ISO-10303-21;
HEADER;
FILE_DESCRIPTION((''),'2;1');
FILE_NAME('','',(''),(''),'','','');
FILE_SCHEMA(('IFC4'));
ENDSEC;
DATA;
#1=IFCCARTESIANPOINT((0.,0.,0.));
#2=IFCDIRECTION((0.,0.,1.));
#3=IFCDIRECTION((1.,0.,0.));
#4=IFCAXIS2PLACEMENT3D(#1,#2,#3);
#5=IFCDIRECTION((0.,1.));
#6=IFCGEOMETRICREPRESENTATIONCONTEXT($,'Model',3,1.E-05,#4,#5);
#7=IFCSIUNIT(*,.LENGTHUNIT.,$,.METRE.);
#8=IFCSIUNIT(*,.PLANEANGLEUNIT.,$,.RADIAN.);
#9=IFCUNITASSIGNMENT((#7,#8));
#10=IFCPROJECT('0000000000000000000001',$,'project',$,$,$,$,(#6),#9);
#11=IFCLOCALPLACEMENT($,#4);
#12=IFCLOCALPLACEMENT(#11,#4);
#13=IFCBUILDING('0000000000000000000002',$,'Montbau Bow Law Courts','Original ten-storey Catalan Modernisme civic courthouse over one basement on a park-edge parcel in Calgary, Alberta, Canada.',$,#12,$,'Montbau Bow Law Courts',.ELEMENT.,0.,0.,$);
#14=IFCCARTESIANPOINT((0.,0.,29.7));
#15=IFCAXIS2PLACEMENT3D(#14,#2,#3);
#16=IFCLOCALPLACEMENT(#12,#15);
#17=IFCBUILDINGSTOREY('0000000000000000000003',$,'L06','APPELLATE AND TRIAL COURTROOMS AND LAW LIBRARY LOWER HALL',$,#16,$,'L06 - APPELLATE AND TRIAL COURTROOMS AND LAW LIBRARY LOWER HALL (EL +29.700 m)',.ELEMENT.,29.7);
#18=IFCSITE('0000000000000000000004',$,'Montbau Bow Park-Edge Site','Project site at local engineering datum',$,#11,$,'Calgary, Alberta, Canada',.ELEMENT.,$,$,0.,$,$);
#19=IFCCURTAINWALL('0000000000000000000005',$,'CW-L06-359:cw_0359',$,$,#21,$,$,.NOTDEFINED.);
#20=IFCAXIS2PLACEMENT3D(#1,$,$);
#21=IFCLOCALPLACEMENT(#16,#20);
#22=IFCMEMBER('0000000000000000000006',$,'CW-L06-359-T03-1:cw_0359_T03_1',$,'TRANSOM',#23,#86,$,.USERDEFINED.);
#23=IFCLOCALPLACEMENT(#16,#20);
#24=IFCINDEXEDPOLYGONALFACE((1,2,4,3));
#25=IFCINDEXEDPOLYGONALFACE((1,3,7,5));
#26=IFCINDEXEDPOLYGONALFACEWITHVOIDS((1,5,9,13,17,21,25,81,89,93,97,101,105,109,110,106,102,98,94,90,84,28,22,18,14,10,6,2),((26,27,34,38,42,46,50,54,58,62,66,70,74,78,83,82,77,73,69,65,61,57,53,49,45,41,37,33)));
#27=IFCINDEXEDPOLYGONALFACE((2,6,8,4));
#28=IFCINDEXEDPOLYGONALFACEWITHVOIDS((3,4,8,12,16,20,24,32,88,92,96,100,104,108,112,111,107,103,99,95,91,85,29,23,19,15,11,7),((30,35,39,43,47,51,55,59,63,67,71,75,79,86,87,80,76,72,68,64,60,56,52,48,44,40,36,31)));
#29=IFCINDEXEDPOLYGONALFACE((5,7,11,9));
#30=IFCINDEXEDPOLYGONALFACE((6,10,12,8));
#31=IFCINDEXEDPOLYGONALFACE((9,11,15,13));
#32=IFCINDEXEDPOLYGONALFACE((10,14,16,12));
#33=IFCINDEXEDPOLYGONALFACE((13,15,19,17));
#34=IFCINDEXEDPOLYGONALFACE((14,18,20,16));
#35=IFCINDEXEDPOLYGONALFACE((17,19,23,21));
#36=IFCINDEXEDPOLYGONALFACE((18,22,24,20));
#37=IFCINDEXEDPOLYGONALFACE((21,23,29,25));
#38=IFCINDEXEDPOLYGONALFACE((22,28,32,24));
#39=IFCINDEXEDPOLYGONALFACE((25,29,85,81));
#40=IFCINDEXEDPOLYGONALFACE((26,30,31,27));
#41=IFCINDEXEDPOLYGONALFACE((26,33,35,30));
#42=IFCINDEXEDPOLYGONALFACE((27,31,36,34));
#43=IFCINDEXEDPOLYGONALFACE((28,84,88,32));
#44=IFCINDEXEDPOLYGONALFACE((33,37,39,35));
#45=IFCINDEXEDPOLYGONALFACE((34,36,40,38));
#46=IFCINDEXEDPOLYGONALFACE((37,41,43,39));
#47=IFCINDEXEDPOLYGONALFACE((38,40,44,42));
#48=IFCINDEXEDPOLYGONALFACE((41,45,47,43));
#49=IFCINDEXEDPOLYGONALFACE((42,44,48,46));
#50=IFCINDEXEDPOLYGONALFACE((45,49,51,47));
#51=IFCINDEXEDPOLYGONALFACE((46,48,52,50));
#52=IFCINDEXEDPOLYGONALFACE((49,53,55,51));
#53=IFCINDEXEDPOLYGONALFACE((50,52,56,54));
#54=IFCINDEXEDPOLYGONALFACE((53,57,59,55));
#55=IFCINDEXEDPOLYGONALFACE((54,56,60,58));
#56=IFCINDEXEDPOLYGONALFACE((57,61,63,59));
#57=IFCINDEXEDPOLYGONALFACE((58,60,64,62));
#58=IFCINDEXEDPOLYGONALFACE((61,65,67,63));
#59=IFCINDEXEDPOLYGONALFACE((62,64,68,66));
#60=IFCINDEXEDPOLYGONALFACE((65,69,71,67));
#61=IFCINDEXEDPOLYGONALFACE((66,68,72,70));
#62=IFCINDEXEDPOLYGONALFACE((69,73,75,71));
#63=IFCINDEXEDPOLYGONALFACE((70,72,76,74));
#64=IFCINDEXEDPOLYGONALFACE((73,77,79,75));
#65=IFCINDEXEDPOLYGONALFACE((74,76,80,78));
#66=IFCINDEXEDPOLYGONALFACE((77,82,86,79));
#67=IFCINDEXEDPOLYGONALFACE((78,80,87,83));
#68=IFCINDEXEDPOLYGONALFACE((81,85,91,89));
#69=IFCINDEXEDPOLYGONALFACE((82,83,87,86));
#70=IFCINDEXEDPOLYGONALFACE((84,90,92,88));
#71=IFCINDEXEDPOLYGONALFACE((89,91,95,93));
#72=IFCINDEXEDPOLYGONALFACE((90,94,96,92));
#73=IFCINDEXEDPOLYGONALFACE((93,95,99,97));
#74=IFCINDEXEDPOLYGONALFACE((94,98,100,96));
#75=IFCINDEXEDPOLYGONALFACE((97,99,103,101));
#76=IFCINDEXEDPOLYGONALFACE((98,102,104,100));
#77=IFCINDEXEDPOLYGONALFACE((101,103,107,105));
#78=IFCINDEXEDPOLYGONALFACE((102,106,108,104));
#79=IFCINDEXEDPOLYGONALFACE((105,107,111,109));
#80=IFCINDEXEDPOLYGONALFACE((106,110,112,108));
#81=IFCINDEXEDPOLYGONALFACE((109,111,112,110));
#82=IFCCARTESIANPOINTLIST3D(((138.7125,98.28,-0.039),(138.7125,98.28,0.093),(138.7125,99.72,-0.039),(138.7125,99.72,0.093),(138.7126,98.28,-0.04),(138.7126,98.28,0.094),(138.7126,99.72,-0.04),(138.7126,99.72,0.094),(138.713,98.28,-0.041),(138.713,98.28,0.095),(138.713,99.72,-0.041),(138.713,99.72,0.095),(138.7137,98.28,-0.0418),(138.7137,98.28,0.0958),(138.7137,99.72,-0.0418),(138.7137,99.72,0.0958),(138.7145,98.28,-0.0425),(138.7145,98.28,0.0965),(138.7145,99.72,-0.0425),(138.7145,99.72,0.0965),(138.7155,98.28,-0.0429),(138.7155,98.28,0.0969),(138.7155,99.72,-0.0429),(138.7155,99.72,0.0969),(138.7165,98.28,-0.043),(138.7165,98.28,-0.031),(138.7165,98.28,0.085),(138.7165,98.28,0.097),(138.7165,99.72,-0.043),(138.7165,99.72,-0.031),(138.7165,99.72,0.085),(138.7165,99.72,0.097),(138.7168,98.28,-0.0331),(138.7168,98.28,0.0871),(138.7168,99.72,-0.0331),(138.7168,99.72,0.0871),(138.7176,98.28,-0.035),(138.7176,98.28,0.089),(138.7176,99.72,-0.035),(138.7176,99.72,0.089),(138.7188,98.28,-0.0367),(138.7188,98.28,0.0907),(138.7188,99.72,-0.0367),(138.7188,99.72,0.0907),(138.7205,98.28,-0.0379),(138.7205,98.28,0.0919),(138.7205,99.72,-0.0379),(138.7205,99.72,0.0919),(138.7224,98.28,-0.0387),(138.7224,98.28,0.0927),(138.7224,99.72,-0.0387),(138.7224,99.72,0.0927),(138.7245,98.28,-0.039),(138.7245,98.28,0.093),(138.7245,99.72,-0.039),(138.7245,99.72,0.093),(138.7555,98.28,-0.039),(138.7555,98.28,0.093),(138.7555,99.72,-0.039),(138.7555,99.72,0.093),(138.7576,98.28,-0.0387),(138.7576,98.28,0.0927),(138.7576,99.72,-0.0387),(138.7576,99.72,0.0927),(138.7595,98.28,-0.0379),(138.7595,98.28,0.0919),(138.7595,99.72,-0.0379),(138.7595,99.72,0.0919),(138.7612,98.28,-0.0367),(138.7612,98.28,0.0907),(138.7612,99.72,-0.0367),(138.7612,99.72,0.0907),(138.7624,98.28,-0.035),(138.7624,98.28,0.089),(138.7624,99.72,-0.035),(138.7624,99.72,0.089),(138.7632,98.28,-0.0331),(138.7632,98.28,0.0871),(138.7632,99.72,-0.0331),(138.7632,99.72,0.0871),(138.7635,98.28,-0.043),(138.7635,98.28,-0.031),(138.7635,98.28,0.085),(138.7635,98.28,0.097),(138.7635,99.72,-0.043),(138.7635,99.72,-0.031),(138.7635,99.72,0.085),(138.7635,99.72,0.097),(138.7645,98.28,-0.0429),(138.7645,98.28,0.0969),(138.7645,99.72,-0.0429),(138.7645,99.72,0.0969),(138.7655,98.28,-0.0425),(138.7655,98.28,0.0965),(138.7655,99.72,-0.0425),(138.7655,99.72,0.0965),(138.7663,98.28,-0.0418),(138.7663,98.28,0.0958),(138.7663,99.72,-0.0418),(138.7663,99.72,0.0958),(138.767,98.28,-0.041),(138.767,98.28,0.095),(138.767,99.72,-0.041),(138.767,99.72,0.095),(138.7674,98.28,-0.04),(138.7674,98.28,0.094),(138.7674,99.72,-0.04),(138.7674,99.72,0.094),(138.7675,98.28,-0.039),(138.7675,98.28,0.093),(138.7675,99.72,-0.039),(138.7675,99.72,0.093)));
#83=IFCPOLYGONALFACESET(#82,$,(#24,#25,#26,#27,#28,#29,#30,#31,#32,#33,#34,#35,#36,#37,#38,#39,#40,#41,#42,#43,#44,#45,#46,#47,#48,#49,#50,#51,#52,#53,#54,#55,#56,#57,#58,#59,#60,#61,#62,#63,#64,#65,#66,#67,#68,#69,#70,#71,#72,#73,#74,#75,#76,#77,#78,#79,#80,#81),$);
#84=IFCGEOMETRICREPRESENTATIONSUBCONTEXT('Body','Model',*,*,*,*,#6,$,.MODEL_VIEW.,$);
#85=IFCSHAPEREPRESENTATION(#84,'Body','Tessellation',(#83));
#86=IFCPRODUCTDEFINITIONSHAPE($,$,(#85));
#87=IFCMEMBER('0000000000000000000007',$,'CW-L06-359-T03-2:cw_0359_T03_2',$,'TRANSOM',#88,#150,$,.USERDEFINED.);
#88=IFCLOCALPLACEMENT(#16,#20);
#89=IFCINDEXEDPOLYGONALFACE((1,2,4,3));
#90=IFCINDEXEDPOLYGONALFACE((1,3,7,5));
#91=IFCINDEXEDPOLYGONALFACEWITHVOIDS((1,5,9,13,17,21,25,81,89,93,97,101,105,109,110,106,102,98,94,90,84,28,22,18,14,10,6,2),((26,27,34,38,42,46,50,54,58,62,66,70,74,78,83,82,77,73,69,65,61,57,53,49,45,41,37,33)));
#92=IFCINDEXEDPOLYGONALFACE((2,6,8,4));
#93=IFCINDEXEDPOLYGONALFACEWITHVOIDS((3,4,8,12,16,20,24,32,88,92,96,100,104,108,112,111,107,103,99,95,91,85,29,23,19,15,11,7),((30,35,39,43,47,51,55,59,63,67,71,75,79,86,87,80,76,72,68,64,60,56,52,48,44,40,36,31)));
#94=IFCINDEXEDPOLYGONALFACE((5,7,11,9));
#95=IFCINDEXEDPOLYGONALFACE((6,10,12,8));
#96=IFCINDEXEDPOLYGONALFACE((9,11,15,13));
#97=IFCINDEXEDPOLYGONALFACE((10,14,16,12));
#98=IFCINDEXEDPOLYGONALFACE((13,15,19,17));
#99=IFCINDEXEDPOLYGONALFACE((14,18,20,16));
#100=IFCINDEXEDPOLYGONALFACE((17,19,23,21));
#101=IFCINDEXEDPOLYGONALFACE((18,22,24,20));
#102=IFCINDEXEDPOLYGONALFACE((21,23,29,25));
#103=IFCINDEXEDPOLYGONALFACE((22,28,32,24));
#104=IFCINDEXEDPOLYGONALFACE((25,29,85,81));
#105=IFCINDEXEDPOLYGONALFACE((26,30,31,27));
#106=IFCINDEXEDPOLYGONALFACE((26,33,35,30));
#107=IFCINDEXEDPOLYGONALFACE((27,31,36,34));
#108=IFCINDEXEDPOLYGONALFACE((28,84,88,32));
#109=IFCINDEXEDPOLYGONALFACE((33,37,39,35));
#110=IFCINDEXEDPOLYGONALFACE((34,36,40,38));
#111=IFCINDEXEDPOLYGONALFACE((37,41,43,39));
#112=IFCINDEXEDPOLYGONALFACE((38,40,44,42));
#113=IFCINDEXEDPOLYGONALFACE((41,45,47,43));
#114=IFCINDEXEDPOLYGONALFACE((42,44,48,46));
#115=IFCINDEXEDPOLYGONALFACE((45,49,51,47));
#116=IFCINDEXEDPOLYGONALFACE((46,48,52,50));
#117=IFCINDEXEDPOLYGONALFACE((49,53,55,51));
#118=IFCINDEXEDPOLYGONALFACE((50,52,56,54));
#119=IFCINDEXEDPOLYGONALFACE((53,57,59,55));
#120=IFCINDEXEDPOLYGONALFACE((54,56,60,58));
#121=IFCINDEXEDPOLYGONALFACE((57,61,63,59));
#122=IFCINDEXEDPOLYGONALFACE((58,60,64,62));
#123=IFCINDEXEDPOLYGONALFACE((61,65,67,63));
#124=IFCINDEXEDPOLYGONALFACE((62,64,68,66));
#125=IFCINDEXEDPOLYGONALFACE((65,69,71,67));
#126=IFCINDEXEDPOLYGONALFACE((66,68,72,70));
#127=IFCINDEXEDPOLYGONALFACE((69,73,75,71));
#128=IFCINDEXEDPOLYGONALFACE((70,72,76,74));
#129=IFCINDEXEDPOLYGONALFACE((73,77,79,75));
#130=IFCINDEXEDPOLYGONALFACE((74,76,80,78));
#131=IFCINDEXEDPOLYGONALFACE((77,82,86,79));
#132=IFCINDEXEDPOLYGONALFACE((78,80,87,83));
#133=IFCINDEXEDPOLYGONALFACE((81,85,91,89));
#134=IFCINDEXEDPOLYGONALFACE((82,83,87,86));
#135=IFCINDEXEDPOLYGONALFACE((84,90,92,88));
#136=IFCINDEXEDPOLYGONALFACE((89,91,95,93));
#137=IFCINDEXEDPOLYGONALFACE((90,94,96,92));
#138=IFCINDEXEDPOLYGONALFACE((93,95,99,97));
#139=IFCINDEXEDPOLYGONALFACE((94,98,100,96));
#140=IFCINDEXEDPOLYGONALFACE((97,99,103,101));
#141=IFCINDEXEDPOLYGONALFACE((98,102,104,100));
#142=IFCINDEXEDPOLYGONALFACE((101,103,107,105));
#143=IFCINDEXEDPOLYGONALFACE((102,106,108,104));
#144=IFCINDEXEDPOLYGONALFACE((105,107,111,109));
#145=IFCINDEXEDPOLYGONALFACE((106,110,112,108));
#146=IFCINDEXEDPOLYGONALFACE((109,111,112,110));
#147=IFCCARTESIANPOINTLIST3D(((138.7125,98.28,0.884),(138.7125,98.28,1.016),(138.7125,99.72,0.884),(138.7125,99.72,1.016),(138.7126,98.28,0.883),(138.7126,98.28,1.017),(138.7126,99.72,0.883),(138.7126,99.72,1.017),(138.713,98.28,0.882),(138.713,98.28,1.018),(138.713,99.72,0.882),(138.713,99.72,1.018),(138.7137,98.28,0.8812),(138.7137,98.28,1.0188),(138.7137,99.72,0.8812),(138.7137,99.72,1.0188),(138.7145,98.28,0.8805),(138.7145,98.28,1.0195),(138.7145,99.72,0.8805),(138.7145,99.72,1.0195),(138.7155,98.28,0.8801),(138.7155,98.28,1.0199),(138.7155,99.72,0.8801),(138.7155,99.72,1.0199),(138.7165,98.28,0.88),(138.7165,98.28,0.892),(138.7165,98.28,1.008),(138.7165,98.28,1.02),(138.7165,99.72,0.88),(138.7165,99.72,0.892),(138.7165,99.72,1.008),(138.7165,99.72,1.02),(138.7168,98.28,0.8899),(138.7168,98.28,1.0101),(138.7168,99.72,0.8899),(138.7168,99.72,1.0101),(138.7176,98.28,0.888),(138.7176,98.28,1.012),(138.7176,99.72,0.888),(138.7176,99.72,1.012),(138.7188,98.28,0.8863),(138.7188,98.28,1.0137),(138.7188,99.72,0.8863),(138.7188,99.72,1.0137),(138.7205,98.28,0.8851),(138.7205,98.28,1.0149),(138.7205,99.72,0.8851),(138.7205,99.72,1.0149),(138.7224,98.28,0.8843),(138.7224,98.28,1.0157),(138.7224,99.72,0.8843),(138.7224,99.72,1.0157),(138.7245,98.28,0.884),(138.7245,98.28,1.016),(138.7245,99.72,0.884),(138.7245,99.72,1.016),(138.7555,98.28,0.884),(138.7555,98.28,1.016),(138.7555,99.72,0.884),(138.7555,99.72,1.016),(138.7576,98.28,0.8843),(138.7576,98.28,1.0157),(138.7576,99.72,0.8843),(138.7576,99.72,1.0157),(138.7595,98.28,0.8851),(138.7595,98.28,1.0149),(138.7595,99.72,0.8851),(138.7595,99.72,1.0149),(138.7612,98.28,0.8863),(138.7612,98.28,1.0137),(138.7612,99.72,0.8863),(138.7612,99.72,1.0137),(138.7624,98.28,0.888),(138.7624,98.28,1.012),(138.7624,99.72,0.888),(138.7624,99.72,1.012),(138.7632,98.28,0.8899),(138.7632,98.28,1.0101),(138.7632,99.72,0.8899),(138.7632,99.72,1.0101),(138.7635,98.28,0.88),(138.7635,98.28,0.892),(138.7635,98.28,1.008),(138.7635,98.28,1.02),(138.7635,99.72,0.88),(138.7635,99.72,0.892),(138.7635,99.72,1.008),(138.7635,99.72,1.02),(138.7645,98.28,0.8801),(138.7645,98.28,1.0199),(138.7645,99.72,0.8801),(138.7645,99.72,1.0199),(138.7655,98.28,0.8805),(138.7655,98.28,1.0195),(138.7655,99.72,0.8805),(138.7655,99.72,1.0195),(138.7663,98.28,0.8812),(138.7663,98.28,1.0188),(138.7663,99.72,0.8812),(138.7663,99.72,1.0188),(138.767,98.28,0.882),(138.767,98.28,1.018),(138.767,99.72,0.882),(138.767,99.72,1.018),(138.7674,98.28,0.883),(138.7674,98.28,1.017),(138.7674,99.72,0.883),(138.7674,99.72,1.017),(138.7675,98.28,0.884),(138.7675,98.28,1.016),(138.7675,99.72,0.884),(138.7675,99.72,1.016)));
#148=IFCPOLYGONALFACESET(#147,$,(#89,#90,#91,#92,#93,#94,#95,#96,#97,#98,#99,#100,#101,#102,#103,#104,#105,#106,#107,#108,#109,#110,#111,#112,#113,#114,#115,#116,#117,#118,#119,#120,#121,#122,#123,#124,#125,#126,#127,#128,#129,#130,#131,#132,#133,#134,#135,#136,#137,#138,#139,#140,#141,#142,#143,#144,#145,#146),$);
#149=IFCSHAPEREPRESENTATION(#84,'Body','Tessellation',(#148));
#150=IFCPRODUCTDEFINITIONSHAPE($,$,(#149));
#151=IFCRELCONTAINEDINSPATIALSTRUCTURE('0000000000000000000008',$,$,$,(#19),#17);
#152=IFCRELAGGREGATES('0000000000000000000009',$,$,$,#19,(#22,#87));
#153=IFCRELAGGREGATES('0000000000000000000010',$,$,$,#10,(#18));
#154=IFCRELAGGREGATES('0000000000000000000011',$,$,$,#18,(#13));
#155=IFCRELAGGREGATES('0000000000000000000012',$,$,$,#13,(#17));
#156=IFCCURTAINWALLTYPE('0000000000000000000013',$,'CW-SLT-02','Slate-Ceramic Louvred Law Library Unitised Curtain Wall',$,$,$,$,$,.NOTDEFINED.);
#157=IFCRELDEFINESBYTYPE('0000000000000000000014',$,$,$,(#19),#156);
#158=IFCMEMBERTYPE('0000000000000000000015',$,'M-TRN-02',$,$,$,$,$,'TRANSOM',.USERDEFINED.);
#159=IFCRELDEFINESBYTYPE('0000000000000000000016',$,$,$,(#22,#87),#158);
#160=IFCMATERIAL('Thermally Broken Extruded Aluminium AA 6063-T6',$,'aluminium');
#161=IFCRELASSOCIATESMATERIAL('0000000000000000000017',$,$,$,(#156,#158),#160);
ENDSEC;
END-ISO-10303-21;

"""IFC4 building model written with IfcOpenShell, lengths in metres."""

from ifc_helpers import new_model, si_unit, direction, frame, origin_with_axes, origin_2d_with_axis, place, context, subcontext, project, spatial, hollow_rectangle, extrude, material, material_profile, profile_set, type_object, element, aggregate, save


model = new_model("IFC4")

# Units and contexts
model_context = context("Model", 3, precision=1e-05, world=origin_with_axes(), true_north=direction((0.0, 1.0)))
body_context = subcontext(model_context, "Body", "Model", "MODEL_VIEW")
ifc_project = project(units=[si_unit("LENGTHUNIT", "METRE"), si_unit("PLANEANGLEUNIT", "RADIAN")], contexts=[model_context])

# Site, building, storey
site_placement = place(None, origin_with_axes())
site = spatial("IfcSite", under=ifc_project, at=site_placement, Name="Montbau Bow Park-Edge Site", Description="Project site at local engineering datum", LongName="Calgary, Alberta, Canada", CompositionType="ELEMENT", RefElevation=0.0)
building_placement = place(site_placement, origin_with_axes())
building = spatial("IfcBuilding", under=site, at=building_placement, Name="Montbau Bow Law Courts", Description="Original ten-storey Catalan Modernisme civic courthouse over one basement on a park-edge parcel in Calgary, Alberta, Canada.", LongName="Montbau Bow Law Courts", CompositionType="ELEMENT", ElevationOfRefHeight=0.0, ElevationOfTerrain=0.0)
storey_placement = place(building_placement, frame((0.0, 0.0, 29.7), z_axis=(0.0, 0.0, 1.0), x_axis=(1.0, 0.0, 0.0)))
storey = spatial("IfcBuildingStorey", under=building, at=storey_placement, Name="L06", Description="APPELLATE AND TRIAL COURTROOMS AND LAW LIBRARY LOWER HALL", LongName="L06 - APPELLATE AND TRIAL COURTROOMS AND LAW LIBRARY LOWER HALL (EL +29.700 m)", CompositionType="ELEMENT", Elevation=29.7)

# Curtain wall, members
ifc_material_1 = material(Name="Thermally Broken Extruded Aluminium AA 6063-T6", Category="aluminium")
curtain_wall_type = type_object("IfcCurtainWallType", Name="CW-SLT-02", Description="Slate-Ceramic Louvred Law Library Unitised Curtain Wall", PredefinedType="NOTDEFINED", material=ifc_material_1)
curtain_wall_placement = place(None, frame((138.74, 95.24, 29.7), z_axis=(0.0, 0.0, 1.0), x_axis=(1.0, 0.0, 0.0)))
curtain_wall = element("IfcCurtainWall", 1, at=curtain_wall_placement, inside=storey, type_object=curtain_wall_type, Name="CW-L06-359:cw_0359", PredefinedType="NOTDEFINED")
ifc_material_profile_1 = material_profile(ifc_material_1, hollow_rectangle(XDim=0.055, YDim=0.14, WallThickness=0.004, InnerFilletRadius=0.008, OuterFilletRadius=0.004, at=origin_2d_with_axis()), Name="CWT-140X55", Category="Main", Priority=0)
ifc_profile_set_1 = profile_set([ifc_material_profile_1], Name="Thermally Broken Extruded Aluminium AA 6063-T6")
member_type_1 = type_object("IfcMemberType", Name="M-TRN-02", ElementType="TRANSOM", PredefinedType="USERDEFINED", material=ifc_profile_set_1)
member_1_placement = place(None, frame((138.74, 98.28, 29.727), z_axis=(0.0, 1.0, 0.0), x_axis=(-1.0, 0.0, 0.0)))
member_1 = element("IfcMember", 2, at=member_1_placement, type_object=member_type_1, Name="CW-L06-359-T03-1:cw_0359_T03_1", ObjectType="TRANSOM", PredefinedType="USERDEFINED", context=body_context, shape_type="SweptSolid", body=[
    extrude(hollow_rectangle(XDim=0.055, YDim=0.14, WallThickness=0.004, InnerFilletRadius=0.008, OuterFilletRadius=0.004, at=origin_2d_with_axis()), origin_with_axes(), (0.0, 0.0, 1.0), 1.44),
])
member_2_placement = place(None, frame((138.74, 98.28, 30.65), z_axis=(0.0, 1.0, 0.0), x_axis=(-1.0, 0.0, 0.0)))
member_2 = element("IfcMember", 3, at=member_2_placement, type_object=member_type_1, Name="CW-L06-359-T03-2:cw_0359_T03_2", ObjectType="TRANSOM", PredefinedType="USERDEFINED", context=body_context, shape_type="SweptSolid", body=[
    extrude(hollow_rectangle(XDim=0.055, YDim=0.14, WallThickness=0.004, InnerFilletRadius=0.008, OuterFilletRadius=0.004, at=origin_2d_with_axis()), origin_with_axes(), (0.0, 0.0, 1.0), 1.44),
])
aggregate(curtain_wall, [member_1, member_2])

save(model, "model.ifc")
